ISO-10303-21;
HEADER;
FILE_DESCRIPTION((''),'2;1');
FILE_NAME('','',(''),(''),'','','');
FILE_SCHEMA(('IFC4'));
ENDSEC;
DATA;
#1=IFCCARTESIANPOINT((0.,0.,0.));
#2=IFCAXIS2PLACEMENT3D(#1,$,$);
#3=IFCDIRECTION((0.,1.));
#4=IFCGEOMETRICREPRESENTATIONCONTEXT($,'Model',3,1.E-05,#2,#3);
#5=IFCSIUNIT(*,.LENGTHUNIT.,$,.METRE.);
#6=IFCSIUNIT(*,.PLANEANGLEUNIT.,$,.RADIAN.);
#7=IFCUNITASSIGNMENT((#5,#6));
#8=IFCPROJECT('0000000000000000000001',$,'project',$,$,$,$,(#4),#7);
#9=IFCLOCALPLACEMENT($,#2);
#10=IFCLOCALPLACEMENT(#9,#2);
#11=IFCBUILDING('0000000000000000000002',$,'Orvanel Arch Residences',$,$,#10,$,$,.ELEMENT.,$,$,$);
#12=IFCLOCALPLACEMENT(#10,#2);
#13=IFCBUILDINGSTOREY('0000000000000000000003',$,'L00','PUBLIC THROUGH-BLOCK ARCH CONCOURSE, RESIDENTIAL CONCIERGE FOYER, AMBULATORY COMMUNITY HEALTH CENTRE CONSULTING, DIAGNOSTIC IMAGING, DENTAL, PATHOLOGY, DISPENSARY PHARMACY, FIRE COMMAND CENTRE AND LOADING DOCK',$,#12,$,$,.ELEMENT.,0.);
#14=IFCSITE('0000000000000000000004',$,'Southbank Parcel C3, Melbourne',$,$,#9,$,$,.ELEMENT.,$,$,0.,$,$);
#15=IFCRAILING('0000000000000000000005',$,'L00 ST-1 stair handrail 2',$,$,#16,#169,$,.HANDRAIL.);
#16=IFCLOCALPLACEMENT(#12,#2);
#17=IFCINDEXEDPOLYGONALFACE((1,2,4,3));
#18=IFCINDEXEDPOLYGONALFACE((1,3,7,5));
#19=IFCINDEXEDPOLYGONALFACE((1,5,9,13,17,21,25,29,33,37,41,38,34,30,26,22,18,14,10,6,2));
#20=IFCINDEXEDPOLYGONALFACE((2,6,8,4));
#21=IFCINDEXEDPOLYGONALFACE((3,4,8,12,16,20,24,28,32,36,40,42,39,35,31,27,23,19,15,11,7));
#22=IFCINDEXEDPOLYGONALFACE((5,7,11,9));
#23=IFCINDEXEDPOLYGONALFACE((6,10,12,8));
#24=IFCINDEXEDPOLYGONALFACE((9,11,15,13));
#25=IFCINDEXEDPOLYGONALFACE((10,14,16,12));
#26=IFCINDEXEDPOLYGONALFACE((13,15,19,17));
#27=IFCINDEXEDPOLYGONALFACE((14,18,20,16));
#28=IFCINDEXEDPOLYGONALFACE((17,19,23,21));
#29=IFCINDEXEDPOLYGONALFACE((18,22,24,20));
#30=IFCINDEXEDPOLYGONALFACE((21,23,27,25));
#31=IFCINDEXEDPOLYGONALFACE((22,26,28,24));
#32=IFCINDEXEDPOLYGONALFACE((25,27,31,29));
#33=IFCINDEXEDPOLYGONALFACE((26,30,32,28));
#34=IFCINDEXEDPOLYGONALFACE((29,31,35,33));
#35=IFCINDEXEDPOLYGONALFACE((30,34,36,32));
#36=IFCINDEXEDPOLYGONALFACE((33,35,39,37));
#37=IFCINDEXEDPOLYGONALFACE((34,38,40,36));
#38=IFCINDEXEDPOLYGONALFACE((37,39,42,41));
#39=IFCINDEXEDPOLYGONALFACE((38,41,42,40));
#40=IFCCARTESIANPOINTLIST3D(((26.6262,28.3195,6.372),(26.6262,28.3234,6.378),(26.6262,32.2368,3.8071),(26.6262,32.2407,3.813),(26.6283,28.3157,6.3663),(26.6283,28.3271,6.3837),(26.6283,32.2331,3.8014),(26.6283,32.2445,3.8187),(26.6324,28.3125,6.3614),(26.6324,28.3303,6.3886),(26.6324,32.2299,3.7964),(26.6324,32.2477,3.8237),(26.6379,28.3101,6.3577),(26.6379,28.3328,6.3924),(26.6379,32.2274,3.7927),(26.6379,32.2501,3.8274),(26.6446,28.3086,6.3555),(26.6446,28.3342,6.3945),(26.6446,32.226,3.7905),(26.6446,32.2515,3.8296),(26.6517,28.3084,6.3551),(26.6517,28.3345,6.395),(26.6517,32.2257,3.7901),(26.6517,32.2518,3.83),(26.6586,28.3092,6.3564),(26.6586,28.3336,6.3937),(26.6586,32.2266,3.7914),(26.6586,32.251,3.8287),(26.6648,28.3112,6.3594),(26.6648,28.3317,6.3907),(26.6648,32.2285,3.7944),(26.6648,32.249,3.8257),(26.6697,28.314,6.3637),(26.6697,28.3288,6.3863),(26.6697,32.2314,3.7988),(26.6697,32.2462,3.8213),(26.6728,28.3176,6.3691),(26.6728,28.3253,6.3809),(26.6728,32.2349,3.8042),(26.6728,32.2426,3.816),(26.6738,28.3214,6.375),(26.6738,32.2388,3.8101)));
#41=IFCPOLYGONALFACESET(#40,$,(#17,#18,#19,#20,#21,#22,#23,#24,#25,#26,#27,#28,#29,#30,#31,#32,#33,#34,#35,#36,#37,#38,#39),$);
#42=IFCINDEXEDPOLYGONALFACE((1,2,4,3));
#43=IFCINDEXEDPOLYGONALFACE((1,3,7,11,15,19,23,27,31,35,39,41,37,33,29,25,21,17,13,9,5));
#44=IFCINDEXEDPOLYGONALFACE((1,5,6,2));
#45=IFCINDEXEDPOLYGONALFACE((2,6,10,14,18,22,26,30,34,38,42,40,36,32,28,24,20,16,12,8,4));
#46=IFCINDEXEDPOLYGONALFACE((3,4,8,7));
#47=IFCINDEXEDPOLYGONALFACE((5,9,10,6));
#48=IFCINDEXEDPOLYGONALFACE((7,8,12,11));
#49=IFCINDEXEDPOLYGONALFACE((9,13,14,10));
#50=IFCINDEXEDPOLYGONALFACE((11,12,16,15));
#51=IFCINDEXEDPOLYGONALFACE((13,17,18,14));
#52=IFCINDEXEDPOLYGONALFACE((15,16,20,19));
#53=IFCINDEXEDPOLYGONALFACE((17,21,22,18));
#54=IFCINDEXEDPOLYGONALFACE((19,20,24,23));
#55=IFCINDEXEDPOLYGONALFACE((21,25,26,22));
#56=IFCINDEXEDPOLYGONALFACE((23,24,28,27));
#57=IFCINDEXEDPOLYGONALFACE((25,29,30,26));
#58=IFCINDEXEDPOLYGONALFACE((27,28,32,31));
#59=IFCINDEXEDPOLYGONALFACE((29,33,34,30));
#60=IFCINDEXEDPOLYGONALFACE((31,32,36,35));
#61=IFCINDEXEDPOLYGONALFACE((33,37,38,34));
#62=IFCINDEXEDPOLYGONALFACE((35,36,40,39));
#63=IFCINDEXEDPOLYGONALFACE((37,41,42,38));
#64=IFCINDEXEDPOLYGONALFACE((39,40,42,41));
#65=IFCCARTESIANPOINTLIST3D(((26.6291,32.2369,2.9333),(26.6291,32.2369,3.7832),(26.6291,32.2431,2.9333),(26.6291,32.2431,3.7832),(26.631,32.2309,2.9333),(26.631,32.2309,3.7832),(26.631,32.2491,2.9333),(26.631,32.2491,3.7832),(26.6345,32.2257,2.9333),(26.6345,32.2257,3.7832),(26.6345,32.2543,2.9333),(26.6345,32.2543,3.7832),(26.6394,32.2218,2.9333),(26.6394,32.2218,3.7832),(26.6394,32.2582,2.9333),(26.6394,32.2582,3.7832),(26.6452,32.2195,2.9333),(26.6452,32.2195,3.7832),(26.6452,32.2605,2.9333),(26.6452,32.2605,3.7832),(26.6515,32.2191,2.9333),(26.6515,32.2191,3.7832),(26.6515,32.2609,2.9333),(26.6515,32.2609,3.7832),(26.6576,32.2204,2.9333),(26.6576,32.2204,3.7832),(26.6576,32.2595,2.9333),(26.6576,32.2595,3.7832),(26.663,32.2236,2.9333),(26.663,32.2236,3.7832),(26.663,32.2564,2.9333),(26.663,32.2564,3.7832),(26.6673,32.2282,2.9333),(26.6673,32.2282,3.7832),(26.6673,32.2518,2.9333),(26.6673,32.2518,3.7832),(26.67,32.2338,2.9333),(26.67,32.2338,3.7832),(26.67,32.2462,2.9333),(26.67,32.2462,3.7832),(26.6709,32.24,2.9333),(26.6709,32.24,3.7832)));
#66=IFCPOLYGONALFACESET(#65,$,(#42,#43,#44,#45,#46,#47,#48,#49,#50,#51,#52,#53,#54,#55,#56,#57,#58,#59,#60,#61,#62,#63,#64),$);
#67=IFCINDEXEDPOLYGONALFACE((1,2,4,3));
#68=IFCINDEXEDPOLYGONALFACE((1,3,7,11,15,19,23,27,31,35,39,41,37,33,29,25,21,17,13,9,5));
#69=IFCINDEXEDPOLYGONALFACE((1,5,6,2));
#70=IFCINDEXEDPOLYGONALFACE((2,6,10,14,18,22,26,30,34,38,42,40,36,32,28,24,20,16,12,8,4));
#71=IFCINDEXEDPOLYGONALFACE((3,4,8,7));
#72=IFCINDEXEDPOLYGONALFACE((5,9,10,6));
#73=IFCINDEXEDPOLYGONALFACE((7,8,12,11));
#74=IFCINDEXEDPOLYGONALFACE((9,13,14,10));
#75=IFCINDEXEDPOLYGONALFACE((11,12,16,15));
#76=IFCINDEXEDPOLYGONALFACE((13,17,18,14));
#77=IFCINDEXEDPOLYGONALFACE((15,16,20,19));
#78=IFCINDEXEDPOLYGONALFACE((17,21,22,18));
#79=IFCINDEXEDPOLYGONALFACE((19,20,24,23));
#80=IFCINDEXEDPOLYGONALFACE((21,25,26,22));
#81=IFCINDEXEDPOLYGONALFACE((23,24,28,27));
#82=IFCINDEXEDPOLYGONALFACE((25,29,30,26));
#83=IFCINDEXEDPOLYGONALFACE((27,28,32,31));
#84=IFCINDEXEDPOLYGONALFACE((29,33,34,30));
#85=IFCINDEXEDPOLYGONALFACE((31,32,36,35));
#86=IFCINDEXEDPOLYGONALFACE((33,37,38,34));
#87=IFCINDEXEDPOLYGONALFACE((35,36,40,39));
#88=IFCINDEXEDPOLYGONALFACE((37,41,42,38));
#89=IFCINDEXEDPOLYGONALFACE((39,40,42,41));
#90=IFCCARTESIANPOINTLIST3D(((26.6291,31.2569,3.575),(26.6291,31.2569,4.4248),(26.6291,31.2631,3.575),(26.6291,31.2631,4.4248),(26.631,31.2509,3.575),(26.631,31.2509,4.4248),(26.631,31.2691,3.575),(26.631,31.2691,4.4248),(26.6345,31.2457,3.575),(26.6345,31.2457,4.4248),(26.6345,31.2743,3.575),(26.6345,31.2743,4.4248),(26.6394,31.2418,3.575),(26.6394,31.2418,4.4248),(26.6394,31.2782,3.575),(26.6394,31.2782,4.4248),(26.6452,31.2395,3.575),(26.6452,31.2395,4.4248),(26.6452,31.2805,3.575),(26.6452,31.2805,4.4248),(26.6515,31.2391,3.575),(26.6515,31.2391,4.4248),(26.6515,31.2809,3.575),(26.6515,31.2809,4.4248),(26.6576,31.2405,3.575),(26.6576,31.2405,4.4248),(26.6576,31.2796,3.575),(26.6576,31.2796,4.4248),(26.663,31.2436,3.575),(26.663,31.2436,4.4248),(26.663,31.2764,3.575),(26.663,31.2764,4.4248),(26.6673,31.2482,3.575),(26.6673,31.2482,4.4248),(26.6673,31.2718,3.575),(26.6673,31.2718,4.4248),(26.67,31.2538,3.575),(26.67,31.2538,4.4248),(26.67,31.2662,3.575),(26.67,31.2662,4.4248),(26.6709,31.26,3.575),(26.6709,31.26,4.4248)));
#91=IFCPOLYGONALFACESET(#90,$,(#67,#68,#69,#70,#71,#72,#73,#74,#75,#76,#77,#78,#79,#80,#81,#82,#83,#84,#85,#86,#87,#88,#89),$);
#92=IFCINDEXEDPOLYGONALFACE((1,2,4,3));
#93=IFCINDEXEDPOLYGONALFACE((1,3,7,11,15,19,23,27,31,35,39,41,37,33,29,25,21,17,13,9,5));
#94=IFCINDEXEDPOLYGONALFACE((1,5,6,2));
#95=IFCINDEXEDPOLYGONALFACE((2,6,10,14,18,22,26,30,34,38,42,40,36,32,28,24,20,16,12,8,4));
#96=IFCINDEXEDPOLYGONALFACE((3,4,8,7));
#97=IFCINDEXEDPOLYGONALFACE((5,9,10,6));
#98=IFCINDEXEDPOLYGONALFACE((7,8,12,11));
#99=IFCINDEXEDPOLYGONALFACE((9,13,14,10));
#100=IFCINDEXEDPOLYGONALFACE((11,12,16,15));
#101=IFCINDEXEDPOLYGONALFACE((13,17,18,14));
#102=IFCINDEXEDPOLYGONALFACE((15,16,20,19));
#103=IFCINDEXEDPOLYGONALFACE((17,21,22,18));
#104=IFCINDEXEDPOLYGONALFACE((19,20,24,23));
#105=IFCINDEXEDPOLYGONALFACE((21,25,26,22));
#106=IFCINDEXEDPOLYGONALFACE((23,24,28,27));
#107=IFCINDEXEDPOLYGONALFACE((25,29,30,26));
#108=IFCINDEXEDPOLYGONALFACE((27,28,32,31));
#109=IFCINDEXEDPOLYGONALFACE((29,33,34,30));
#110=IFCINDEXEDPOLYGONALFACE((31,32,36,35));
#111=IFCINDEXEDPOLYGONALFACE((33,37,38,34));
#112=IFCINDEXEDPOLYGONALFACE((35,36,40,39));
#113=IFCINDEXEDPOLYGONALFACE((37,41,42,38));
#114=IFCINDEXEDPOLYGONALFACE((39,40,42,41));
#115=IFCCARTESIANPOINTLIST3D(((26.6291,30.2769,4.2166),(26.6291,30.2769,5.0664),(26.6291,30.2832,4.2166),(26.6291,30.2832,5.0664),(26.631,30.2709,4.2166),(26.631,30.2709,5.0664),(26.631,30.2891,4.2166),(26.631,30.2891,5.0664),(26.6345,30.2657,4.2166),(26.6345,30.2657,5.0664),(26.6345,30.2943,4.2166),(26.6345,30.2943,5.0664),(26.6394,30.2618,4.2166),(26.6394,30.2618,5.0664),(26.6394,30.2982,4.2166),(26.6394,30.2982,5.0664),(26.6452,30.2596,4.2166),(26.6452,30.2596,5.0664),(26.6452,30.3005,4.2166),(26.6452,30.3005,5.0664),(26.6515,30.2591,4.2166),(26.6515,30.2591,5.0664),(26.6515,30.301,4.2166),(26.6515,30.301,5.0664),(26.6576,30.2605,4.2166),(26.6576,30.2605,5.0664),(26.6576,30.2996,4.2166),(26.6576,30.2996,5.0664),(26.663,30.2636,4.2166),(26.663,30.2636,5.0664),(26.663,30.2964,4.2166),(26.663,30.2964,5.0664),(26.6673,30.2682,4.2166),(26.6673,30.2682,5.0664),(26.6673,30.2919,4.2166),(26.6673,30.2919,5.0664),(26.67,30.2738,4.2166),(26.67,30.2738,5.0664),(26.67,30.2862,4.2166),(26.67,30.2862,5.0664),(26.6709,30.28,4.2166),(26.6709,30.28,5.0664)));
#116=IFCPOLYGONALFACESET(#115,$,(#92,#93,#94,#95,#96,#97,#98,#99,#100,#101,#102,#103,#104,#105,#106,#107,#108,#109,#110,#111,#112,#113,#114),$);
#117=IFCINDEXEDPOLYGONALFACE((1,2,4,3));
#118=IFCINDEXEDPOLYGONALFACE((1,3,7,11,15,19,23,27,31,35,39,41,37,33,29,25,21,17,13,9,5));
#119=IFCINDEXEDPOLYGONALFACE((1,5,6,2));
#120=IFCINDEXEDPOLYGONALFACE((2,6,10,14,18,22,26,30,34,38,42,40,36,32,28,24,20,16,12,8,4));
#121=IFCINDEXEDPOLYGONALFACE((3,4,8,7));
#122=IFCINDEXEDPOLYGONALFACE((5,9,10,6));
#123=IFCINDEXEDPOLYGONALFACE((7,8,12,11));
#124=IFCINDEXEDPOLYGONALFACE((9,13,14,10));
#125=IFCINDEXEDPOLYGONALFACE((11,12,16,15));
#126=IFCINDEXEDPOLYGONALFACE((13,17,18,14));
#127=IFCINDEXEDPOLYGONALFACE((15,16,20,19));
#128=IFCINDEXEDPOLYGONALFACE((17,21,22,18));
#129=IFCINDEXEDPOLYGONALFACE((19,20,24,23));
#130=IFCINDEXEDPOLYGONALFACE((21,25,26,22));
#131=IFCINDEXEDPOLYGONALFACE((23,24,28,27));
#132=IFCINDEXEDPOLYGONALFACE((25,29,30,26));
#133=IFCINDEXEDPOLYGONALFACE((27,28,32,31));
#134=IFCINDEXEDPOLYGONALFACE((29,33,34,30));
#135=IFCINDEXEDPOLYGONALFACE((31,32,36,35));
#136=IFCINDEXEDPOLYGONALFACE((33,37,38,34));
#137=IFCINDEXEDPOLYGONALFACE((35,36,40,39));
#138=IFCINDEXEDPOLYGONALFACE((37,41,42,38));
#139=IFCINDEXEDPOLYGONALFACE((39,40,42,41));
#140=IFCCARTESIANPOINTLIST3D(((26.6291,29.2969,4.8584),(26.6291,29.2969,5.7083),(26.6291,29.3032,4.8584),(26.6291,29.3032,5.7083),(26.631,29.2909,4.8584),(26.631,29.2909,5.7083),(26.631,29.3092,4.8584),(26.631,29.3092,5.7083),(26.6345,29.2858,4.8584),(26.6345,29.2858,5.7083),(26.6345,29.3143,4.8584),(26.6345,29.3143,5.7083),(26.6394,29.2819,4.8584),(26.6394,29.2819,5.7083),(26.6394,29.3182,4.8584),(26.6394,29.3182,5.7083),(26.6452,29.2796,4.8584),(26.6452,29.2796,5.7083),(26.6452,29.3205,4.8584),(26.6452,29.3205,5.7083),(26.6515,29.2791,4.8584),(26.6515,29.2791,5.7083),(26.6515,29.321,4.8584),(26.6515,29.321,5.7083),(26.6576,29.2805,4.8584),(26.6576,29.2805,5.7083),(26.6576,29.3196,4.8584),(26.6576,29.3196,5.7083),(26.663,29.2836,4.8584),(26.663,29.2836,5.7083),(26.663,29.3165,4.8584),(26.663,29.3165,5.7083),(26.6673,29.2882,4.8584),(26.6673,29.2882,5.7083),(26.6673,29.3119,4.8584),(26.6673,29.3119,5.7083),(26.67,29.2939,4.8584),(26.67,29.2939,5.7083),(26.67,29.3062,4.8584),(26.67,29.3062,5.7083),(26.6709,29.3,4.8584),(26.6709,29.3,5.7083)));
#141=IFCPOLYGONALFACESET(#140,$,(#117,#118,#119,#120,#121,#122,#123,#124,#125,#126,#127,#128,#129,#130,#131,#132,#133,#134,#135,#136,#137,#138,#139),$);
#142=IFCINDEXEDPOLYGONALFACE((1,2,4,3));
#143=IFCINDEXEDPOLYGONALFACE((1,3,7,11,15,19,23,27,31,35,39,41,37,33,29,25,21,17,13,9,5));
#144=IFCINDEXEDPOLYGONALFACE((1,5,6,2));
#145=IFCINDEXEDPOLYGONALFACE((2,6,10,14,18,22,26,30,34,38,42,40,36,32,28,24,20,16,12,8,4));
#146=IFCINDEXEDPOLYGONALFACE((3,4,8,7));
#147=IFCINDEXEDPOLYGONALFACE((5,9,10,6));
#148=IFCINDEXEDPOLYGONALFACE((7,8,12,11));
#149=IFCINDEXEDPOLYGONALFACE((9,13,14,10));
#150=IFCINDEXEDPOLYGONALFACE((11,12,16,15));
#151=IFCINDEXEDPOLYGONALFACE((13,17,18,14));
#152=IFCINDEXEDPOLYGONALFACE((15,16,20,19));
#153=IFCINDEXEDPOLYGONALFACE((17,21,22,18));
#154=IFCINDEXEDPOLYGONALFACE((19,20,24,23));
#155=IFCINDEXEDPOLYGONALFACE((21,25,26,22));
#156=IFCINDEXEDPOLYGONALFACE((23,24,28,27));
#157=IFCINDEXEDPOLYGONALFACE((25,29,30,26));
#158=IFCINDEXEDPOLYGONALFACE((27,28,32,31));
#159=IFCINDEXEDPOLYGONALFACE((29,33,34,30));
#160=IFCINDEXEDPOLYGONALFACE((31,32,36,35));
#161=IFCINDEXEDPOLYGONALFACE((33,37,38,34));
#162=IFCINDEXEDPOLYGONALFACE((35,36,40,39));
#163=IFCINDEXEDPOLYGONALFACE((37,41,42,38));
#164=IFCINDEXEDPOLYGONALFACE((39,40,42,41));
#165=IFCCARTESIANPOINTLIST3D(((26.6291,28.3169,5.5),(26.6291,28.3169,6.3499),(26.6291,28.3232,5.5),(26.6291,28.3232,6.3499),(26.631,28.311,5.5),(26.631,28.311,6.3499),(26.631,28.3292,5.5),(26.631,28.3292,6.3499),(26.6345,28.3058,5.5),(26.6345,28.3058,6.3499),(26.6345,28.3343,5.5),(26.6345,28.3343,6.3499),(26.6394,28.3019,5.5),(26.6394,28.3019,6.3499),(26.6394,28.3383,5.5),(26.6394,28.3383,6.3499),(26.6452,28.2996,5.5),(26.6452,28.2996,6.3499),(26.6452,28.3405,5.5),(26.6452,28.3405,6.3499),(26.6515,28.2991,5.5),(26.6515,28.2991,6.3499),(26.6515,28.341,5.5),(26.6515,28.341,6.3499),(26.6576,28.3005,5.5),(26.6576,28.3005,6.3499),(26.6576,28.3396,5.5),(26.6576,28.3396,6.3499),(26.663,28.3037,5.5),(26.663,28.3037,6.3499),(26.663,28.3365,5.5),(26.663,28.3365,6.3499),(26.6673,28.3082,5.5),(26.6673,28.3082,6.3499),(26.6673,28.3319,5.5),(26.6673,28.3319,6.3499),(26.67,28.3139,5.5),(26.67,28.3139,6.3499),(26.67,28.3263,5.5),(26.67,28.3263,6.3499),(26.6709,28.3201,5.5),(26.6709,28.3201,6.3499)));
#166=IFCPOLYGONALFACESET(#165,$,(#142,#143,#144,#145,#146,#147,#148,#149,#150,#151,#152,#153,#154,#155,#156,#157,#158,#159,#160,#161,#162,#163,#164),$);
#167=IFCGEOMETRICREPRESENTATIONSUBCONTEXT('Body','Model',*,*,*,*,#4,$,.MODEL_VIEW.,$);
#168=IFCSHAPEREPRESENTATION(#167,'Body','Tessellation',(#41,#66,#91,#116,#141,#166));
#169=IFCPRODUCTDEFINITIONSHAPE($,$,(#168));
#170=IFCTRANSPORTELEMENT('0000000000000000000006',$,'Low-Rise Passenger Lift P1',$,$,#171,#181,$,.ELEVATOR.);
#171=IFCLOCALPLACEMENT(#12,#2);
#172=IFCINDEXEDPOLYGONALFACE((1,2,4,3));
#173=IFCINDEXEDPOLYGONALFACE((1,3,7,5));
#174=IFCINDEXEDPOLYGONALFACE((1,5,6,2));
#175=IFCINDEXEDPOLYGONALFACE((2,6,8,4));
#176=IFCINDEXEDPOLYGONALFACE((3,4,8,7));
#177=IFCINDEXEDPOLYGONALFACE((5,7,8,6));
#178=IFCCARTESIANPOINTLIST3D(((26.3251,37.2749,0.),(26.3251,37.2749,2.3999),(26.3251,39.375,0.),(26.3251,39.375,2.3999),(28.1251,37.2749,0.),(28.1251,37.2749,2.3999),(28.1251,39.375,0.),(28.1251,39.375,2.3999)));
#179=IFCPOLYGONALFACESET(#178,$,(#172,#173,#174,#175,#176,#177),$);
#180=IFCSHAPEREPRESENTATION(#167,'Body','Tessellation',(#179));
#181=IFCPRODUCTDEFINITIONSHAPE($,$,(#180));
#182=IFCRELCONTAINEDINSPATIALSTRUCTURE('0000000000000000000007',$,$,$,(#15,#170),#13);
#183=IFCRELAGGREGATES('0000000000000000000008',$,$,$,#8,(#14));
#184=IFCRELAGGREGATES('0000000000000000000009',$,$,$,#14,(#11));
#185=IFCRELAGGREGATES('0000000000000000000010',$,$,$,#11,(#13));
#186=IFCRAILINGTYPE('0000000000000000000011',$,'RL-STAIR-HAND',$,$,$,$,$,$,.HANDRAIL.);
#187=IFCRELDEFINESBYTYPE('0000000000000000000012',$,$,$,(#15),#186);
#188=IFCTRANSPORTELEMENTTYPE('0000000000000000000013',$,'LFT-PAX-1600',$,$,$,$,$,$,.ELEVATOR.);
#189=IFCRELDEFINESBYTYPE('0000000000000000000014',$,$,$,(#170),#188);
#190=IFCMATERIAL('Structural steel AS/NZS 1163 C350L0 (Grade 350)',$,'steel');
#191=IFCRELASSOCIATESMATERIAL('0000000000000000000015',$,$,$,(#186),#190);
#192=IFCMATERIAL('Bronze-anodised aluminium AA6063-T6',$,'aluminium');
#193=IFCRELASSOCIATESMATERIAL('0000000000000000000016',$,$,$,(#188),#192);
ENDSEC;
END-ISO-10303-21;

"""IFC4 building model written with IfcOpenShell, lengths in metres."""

from ifc_helpers import new_model, si_unit, direction, frame, origin, origin_2d, place, context, subcontext, project, spatial, rectangle, circle, extrude, material, type_object, element, save


model = new_model("IFC4")

# Units and contexts
model_context = context("Model", 3, precision=1e-05, world=origin(), true_north=direction((0.0, 1.0)))
body_context = subcontext(model_context, "Body", "Model", "MODEL_VIEW")
ifc_project = project(units=[si_unit("LENGTHUNIT", "METRE"), si_unit("PLANEANGLEUNIT", "RADIAN")], contexts=[model_context])

# Site, building, storey
site_placement = place(None, origin())
site = spatial("IfcSite", under=ifc_project, at=site_placement, Name="Southbank Parcel C3, Melbourne", CompositionType="ELEMENT", RefElevation=0.0)
building_placement = place(site_placement, origin())
building = spatial("IfcBuilding", under=site, at=building_placement, Name="Orvanel Arch Residences", CompositionType="ELEMENT")
storey_placement = place(building_placement, origin())
storey = spatial("IfcBuildingStorey", under=building, at=storey_placement, Name="L00", Description="PUBLIC THROUGH-BLOCK ARCH CONCOURSE, RESIDENTIAL CONCIERGE FOYER, AMBULATORY COMMUNITY HEALTH CENTRE CONSULTING, DIAGNOSTIC IMAGING, DENTAL, PATHOLOGY, DISPENSARY PHARMACY, FIRE COMMAND CENTRE AND LOADING DOCK", CompositionType="ELEMENT", Elevation=0.0)

# Railing
ifc_material_1 = material(Name="Structural steel AS/NZS 1163 C350L0 (Grade 350)", Category="steel")
railing_type_1 = type_object("IfcRailingType", Name="RL-STAIR-HAND", PredefinedType="HANDRAIL", material=ifc_material_1)
railing_1_placement = place(storey_placement, frame((26.6499, 32.24, 2.9333)))
element("IfcRailing", 1, at=railing_1_placement, inside=storey, type_object=railing_type_1, Name="L00 ST-1 stair handrail 2", PredefinedType="HANDRAIL", context=body_context, shape_type="SweptSolid", body=[
    extrude(circle(Radius=0.0239, at=origin_2d()), frame((0.0, -0.0012, 0.8767), z_axis=(0.0, -0.836615, 0.547791), x_axis=(1.0, 0.0, 0.0)), (0.0, 0.0, 1.0), 4.6824),
    extrude(circle(Radius=0.021, at=origin_2d()), origin(), (0.0, 0.0, 1.0), 0.8499),
    extrude(circle(Radius=0.021, at=origin_2d()), frame((0.0, -0.98, 0.6416)), (0.0, 0.0, 1.0), 0.8499),
    extrude(circle(Radius=0.021, at=origin_2d()), frame((0.0, -1.96, 1.2832)), (0.0, 0.0, 1.0), 0.8499),
    extrude(circle(Radius=0.021, at=origin_2d()), frame((0.0, -2.9399, 1.925)), (0.0, 0.0, 1.0), 0.8499),
    extrude(circle(Radius=0.021, at=origin_2d()), frame((0.0, -3.9199, 2.5667)), (0.0, 0.0, 1.0), 0.8499),
])

# Transport element
ifc_material_2 = material(Name="Bronze-anodised aluminium AA6063-T6", Category="aluminium")
transport_element_type = type_object("IfcTransportElementType", Name="LFT-PAX-1600", PredefinedType="ELEVATOR", material=ifc_material_2)
transport_element_placement = place(storey_placement, frame((27.2251, 38.325, 0.0), z_axis=(0.0, 0.0, 1.0), x_axis=(1.0, 0.0, 0.0)))
element("IfcTransportElement", 2, at=transport_element_placement, inside=storey, type_object=transport_element_type, Name="Low-Rise Passenger Lift P1", PredefinedType="ELEVATOR", context=body_context, shape_type="SweptSolid", body=[
    extrude(rectangle(XDim=1.8, YDim=2.1001, at=origin_2d()), origin(), (0.0, 0.0, 1.0), 2.3999),
])

save(model, "model.ifc")
